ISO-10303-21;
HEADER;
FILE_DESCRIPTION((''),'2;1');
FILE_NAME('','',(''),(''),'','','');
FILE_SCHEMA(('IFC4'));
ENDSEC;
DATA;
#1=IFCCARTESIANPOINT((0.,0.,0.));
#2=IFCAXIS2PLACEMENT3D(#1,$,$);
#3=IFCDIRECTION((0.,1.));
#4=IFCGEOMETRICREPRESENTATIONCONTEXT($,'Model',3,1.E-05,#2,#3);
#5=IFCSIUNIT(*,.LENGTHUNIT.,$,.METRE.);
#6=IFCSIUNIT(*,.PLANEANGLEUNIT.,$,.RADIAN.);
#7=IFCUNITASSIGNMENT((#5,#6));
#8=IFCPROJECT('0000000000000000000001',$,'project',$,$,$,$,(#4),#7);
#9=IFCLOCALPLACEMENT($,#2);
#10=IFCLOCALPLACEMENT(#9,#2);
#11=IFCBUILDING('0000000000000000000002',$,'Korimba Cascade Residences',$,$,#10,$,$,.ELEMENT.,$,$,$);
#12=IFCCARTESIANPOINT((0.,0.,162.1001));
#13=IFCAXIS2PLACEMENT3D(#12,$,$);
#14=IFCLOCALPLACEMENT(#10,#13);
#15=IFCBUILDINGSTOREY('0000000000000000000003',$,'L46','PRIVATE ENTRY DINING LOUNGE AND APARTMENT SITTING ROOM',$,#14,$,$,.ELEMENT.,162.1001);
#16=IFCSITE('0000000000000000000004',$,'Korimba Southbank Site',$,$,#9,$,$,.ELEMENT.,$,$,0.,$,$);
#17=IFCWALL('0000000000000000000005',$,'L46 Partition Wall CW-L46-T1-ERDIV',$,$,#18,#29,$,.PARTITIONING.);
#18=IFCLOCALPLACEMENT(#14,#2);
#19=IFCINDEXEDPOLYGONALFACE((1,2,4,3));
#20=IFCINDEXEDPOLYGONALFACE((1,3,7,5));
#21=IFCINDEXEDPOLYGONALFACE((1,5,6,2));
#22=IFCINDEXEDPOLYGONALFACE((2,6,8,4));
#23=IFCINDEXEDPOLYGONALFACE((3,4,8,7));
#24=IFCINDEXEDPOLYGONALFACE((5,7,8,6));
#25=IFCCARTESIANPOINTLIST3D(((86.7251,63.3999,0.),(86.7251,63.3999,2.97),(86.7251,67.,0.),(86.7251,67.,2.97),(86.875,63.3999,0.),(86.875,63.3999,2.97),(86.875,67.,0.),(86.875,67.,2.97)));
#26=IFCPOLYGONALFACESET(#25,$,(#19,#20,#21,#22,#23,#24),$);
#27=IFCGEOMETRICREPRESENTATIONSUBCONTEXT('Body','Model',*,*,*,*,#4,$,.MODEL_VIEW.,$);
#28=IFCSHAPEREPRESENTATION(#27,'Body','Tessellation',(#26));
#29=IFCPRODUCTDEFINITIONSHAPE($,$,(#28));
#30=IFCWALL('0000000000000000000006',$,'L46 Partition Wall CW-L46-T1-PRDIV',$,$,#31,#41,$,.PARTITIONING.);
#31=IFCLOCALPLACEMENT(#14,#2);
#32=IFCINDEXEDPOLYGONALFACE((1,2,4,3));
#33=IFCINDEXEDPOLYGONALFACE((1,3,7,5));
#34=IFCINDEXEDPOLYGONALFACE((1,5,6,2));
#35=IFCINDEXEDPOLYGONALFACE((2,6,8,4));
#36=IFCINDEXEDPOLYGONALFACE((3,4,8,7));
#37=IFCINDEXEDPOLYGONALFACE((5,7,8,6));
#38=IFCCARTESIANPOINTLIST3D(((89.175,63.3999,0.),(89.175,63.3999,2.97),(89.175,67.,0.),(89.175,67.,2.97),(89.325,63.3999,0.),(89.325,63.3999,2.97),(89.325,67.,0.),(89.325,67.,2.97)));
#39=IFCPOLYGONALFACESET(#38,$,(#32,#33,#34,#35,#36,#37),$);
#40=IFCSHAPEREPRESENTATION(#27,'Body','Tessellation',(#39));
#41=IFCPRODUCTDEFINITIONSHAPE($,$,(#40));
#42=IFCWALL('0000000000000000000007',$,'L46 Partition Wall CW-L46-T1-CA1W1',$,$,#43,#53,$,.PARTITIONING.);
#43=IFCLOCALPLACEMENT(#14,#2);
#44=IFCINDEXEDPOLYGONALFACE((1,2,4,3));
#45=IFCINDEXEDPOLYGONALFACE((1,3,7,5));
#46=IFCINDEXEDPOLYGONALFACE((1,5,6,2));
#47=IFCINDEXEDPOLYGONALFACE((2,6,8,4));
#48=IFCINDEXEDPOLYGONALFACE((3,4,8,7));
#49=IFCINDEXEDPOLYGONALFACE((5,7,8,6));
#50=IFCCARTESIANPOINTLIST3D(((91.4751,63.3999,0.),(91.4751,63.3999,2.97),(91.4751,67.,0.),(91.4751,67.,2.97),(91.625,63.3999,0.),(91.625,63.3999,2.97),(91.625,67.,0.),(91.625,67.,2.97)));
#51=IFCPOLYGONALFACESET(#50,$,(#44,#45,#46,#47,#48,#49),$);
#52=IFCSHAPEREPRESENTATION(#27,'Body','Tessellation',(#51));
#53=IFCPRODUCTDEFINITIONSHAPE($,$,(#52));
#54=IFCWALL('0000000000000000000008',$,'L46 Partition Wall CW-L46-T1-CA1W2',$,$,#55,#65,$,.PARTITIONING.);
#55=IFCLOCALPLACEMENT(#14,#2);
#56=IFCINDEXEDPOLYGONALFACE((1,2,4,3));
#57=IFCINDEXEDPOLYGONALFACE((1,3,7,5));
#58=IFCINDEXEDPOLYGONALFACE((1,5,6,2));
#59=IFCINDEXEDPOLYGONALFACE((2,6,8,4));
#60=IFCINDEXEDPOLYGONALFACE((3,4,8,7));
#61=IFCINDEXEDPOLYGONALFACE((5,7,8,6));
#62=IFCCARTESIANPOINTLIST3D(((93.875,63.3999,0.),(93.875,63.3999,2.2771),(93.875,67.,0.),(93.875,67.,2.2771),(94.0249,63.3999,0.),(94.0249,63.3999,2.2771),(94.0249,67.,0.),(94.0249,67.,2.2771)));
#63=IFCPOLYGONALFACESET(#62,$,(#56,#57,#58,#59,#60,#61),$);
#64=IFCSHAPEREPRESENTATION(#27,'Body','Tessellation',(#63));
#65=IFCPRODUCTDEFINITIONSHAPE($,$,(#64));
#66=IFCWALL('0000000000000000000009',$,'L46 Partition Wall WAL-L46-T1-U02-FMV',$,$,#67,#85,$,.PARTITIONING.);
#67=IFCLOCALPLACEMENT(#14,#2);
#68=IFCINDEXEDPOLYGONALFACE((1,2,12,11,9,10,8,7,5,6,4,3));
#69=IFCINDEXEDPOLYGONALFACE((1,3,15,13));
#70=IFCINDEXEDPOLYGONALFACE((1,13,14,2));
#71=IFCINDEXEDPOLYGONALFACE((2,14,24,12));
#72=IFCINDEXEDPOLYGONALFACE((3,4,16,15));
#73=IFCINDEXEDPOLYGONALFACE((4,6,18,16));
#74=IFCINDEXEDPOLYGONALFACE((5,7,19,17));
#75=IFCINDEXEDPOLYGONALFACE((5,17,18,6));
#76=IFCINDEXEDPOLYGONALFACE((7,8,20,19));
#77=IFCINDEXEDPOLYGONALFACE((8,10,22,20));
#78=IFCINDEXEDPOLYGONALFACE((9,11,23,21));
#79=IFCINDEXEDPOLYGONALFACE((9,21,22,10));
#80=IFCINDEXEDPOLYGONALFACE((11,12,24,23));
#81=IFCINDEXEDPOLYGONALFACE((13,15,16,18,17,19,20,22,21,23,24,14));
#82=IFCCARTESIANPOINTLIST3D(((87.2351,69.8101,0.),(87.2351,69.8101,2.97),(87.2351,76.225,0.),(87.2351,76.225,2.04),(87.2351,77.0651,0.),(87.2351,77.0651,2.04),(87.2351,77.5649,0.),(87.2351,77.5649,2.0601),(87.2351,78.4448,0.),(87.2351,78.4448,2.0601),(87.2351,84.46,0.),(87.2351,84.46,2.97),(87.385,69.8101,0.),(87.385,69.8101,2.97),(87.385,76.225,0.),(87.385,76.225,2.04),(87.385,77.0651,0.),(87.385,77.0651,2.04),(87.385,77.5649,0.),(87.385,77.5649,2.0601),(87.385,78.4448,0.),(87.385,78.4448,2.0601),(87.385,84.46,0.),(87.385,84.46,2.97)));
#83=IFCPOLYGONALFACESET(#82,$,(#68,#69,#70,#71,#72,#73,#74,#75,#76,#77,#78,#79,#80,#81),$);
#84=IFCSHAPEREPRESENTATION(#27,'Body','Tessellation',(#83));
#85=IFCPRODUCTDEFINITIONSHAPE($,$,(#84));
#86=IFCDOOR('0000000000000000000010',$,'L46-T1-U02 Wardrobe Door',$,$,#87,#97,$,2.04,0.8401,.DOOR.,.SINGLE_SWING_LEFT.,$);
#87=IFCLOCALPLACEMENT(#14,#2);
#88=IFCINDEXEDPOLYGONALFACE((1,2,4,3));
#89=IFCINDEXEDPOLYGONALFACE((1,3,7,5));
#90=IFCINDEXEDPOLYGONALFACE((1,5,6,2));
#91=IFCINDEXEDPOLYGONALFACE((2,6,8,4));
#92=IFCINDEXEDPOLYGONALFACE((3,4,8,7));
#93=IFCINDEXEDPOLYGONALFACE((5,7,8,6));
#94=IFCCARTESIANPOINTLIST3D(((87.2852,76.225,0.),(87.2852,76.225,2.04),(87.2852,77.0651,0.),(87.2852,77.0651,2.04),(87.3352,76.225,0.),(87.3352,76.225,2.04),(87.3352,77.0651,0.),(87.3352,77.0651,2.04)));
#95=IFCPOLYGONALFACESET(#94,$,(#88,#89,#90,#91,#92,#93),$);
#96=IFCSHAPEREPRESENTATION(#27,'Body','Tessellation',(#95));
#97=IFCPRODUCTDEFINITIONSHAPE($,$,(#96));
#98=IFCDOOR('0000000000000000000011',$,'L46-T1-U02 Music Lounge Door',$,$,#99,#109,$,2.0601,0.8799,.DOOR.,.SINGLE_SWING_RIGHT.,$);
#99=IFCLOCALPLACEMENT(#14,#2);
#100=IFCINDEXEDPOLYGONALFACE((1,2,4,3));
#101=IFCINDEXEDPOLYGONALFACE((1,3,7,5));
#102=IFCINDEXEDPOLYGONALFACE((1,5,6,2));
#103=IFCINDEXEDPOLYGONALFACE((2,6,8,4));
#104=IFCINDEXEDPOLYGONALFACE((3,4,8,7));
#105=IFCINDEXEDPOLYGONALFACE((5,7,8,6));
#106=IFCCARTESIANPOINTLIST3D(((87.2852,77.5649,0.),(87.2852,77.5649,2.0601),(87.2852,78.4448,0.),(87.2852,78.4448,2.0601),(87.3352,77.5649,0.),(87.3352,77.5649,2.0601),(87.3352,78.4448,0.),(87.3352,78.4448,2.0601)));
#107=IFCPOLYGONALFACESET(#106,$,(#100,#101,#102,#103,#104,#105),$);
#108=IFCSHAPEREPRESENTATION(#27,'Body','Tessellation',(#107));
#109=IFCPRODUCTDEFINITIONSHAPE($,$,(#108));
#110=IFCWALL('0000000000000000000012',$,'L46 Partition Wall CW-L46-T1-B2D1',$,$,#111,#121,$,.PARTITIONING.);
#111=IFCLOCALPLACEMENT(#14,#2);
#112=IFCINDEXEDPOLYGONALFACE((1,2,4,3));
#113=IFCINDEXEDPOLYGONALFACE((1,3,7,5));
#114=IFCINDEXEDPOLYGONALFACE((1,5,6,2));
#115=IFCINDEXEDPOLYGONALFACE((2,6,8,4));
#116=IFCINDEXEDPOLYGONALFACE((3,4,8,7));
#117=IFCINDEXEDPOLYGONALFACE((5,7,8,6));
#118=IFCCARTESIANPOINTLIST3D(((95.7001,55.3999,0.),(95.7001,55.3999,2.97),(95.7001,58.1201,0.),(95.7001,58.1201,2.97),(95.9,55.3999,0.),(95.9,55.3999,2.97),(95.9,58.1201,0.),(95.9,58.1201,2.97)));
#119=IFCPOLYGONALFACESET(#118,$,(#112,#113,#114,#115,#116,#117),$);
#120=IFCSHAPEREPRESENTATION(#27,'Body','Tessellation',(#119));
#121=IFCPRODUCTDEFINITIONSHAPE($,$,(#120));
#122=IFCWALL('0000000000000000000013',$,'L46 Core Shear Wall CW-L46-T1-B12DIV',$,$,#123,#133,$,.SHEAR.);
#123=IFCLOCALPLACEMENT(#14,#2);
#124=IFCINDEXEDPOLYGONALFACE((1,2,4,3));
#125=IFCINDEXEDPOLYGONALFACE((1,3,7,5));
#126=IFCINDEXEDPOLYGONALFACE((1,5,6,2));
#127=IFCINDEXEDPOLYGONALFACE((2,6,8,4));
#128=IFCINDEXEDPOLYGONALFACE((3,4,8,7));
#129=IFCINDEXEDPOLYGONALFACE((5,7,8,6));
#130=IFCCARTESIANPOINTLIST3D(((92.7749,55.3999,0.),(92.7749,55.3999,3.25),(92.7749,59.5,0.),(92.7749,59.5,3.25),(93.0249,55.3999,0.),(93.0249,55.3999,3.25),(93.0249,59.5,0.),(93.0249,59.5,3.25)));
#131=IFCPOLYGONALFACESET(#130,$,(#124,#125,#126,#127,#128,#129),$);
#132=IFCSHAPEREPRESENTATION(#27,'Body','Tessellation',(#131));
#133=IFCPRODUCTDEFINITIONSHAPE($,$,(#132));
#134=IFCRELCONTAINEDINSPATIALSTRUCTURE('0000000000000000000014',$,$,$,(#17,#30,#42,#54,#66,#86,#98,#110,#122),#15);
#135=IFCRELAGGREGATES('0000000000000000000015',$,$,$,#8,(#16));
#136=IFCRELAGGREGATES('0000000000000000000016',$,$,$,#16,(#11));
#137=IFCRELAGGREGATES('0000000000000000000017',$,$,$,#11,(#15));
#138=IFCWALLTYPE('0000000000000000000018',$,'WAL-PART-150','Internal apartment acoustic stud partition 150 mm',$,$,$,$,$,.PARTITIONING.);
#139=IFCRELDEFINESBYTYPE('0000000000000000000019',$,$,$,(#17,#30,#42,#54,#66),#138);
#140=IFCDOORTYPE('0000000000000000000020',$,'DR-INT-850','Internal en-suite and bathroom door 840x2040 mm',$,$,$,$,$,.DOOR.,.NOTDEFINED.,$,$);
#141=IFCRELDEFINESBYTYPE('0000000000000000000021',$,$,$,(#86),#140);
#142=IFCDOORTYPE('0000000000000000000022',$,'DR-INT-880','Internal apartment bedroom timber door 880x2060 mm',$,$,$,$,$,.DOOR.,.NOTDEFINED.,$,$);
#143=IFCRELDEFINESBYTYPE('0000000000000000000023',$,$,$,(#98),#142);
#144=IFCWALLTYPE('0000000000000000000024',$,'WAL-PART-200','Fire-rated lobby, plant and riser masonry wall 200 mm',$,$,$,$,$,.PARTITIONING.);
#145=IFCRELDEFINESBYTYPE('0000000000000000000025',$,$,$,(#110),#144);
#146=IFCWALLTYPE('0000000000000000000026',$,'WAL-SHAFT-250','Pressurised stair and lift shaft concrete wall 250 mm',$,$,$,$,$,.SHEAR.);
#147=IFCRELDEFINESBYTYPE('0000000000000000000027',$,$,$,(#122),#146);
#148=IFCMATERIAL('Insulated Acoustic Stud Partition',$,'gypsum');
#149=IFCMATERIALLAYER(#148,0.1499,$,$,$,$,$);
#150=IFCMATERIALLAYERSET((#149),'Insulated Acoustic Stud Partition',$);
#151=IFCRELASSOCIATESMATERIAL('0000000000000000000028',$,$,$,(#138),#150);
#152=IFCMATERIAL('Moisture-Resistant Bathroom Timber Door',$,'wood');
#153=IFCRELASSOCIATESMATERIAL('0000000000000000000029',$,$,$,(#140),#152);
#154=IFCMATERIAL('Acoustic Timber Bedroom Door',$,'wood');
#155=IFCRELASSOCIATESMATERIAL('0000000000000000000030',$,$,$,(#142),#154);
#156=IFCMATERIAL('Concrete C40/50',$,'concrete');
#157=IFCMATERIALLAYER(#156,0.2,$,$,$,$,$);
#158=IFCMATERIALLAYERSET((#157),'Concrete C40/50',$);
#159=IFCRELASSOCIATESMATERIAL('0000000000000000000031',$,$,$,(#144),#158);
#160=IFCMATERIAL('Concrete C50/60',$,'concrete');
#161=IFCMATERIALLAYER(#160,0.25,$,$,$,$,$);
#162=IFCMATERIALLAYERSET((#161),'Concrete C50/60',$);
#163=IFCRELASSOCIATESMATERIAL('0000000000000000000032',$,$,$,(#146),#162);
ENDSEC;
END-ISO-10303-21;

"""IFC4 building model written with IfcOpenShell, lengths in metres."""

from ifc_helpers import new_model, si_unit, direction, frame, frame_2d, origin, place, context, subcontext, project, spatial, rectangle, extrude, material, layer, layer_set, type_object, element, fill, save


model = new_model("IFC4")

# Units and contexts
model_context = context("Model", 3, precision=1e-05, world=origin(), true_north=direction((0.0, 1.0)))
body_context = subcontext(model_context, "Body", "Model", "MODEL_VIEW")
ifc_project = project(units=[si_unit("LENGTHUNIT", "METRE"), si_unit("PLANEANGLEUNIT", "RADIAN")], contexts=[model_context])

# Site, building, storey
site_placement = place(None, origin())
site = spatial("IfcSite", under=ifc_project, at=site_placement, Name="Korimba Southbank Site", CompositionType="ELEMENT", RefElevation=0.0)
building_placement = place(site_placement, origin())
building = spatial("IfcBuilding", under=site, at=building_placement, Name="Korimba Cascade Residences", CompositionType="ELEMENT")
storey_placement = place(building_placement, frame((0.0, 0.0, 162.1001)))
storey = spatial("IfcBuildingStorey", under=building, at=storey_placement, Name="L46", Description="PRIVATE ENTRY DINING LOUNGE AND APARTMENT SITTING ROOM", CompositionType="ELEMENT", Elevation=162.1001)

# Walls
ifc_material_1 = material(Name="Insulated Acoustic Stud Partition", Category="gypsum")
ifc_layer_1 = layer(ifc_material_1, 0.1499)
ifc_layer_set_1 = layer_set([ifc_layer_1], Name="Insulated Acoustic Stud Partition")
wall_type_1 = type_object("IfcWallType", Name="WAL-PART-150", Description="Internal apartment acoustic stud partition 150 mm", PredefinedType="PARTITIONING", material=ifc_layer_set_1)
for number, where, z_axis, x_axis, name in (
    (1, (86.8, 63.3999, 0.0), (0.0, 0.0, 1.0), (0.0, 1.0, 0.0), "L46 Partition Wall CW-L46-T1-ERDIV"),
    (2, (89.25, 63.3999, 0.0), (0.0, 0.0, 1.0), (0.0, 1.0, 0.0), "L46 Partition Wall CW-L46-T1-PRDIV"),
    (3, (91.55, 63.3999, 0.0), (0.0, 0.0, 1.0), (0.0, 1.0, 0.0), "L46 Partition Wall CW-L46-T1-CA1W1"),
):
    element("IfcWall", number, at=place(storey_placement, frame(where, z_axis=z_axis, x_axis=x_axis)), inside=storey, type_object=wall_type_1, Name=name, PredefinedType="PARTITIONING", context=body_context, shape_type="SweptSolid", body=[
        extrude(rectangle(XDim=3.6001, YDim=0.1499, at=frame_2d((1.8, 0.0))), origin(), (0.0, 0.0, 1.0), 2.97),
    ])
wall_1_placement = place(storey_placement, frame((93.95, 63.3999, 0.0), z_axis=(0.0, 0.0, 1.0), x_axis=(0.0, 1.0, 0.0)))
element("IfcWall", 4, at=wall_1_placement, inside=storey, type_object=wall_type_1, Name="L46 Partition Wall CW-L46-T1-CA1W2", PredefinedType="PARTITIONING", context=body_context, shape_type="SweptSolid", body=[
    extrude(rectangle(XDim=3.6001, YDim=0.1499, at=frame_2d((1.8, 0.0))), origin(), (0.0, 0.0, 1.0), 2.2771),
])

# Wall, openings, doors
wall_2_placement = place(storey_placement, frame((87.3101, 69.8101, 0.0), z_axis=(0.0, 0.0, 1.0), x_axis=(0.0, 1.0, 0.0)))
wall_2 = element("IfcWall", 5, at=wall_2_placement, inside=storey, type_object=wall_type_1, Name="L46 Partition Wall WAL-L46-T1-U02-FMV", PredefinedType="PARTITIONING", context=body_context, shape_type="SweptSolid", body=[
    extrude(rectangle(XDim=14.6499, YDim=0.1499, at=frame_2d((7.325, 0.0))), origin(), (0.0, 0.0, 1.0), 2.97),
])
opening_1_placement = place(wall_2_placement, frame((6.415, 0.0, 0.0)))
opening_1 = element("IfcOpeningElement", 6, at=opening_1_placement, cuts=wall_2, PredefinedType="OPENING", context=body_context, shape_type="SweptSolid", body=[
    extrude(rectangle(XDim=0.8401, YDim=2.04, at=frame_2d((0.4199, 1.02))), frame((0.0, 0.085, 0.0), z_axis=(0.0, -1.0, 0.0), x_axis=(1.0, 0.0, 0.0)), (0.0, 0.0, 1.0), 0.1699),
])
opening_2_placement = place(wall_2_placement, frame((7.7549, 0.0, 0.0)))
opening_2 = element("IfcOpeningElement", 7, at=opening_2_placement, cuts=wall_2, PredefinedType="OPENING", context=body_context, shape_type="SweptSolid", body=[
    extrude(rectangle(XDim=0.8799, YDim=2.0601, at=frame_2d((0.4399, 1.03))), frame((0.0, 0.085, 0.0), z_axis=(0.0, -1.0, 0.0), x_axis=(1.0, 0.0, 0.0)), (0.0, 0.0, 1.0), 0.1699),
])
ifc_material_2 = material(Name="Moisture-Resistant Bathroom Timber Door", Category="wood")
door_type_1 = type_object("IfcDoorType", Name="DR-INT-850", Description="Internal en-suite and bathroom door 840x2040 mm", OperationType="NOTDEFINED", PredefinedType="DOOR", material=ifc_material_2)
door_1_placement = place(opening_1_placement, origin())
door_1 = element("IfcDoor", 8, at=door_1_placement, inside=storey, type_object=door_type_1, Name="L46-T1-U02 Wardrobe Door", OperationType="SINGLE_SWING_LEFT", OverallHeight=2.04, OverallWidth=0.8401, PredefinedType="DOOR", context=body_context, shape_type="SweptSolid", body=[
    extrude(rectangle(XDim=0.8401, YDim=2.04, at=frame_2d((0.4199, 1.02))), frame((0.0, 0.0249, 0.0), z_axis=(0.0, -1.0, 0.0), x_axis=(1.0, 0.0, 0.0)), (0.0, 0.0, 1.0), 0.05),
])
fill(opening_1, door_1)
ifc_material_3 = material(Name="Acoustic Timber Bedroom Door", Category="wood")
door_type_2 = type_object("IfcDoorType", Name="DR-INT-880", Description="Internal apartment bedroom timber door 880x2060 mm", OperationType="NOTDEFINED", PredefinedType="DOOR", material=ifc_material_3)
door_2_placement = place(opening_2_placement, origin())
door_2 = element("IfcDoor", 9, at=door_2_placement, inside=storey, type_object=door_type_2, Name="L46-T1-U02 Music Lounge Door", OperationType="SINGLE_SWING_RIGHT", OverallHeight=2.0601, OverallWidth=0.8799, PredefinedType="DOOR", context=body_context, shape_type="SweptSolid", body=[
    extrude(rectangle(XDim=0.8799, YDim=2.0601, at=frame_2d((0.4399, 1.03))), frame((0.0, 0.0249, 0.0), z_axis=(0.0, -1.0, 0.0), x_axis=(1.0, 0.0, 0.0)), (0.0, 0.0, 1.0), 0.05),
])
fill(opening_2, door_2)

# Walls
ifc_material_4 = material(Name="Concrete C40/50", Category="concrete")
ifc_layer_2 = layer(ifc_material_4, 0.2)
ifc_layer_set_2 = layer_set([ifc_layer_2], Name="Concrete C40/50")
wall_type_2 = type_object("IfcWallType", Name="WAL-PART-200", Description="Fire-rated lobby, plant and riser masonry wall 200 mm", PredefinedType="PARTITIONING", material=ifc_layer_set_2)
wall_3_placement = place(storey_placement, frame((95.8, 55.3999, 0.0), z_axis=(0.0, 0.0, 1.0), x_axis=(0.0, 1.0, 0.0)))
element("IfcWall", 10, at=wall_3_placement, inside=storey, type_object=wall_type_2, Name="L46 Partition Wall CW-L46-T1-B2D1", PredefinedType="PARTITIONING", context=body_context, shape_type="SweptSolid", body=[
    extrude(rectangle(XDim=2.7202, YDim=0.2, at=frame_2d((1.3601, 0.0))), origin(), (0.0, 0.0, 1.0), 2.97),
])
ifc_material_5 = material(Name="Concrete C50/60", Category="concrete")
ifc_layer_3 = layer(ifc_material_5, 0.25)
ifc_layer_set_3 = layer_set([ifc_layer_3], Name="Concrete C50/60")
wall_type_3 = type_object("IfcWallType", Name="WAL-SHAFT-250", Description="Pressurised stair and lift shaft concrete wall 250 mm", PredefinedType="SHEAR", material=ifc_layer_set_3)
wall_4_placement = place(storey_placement, frame((92.8999, 55.3999, 0.0), z_axis=(0.0, 0.0, 1.0), x_axis=(0.0, 1.0, 0.0)))
element("IfcWall", 11, at=wall_4_placement, inside=storey, type_object=wall_type_3, Name="L46 Core Shear Wall CW-L46-T1-B12DIV", PredefinedType="SHEAR", context=body_context, shape_type="SweptSolid", body=[
    extrude(rectangle(XDim=4.1001, YDim=0.25, at=frame_2d((2.05, 0.0))), origin(), (0.0, 0.0, 1.0), 3.25),
])

save(model, "model.ifc")
